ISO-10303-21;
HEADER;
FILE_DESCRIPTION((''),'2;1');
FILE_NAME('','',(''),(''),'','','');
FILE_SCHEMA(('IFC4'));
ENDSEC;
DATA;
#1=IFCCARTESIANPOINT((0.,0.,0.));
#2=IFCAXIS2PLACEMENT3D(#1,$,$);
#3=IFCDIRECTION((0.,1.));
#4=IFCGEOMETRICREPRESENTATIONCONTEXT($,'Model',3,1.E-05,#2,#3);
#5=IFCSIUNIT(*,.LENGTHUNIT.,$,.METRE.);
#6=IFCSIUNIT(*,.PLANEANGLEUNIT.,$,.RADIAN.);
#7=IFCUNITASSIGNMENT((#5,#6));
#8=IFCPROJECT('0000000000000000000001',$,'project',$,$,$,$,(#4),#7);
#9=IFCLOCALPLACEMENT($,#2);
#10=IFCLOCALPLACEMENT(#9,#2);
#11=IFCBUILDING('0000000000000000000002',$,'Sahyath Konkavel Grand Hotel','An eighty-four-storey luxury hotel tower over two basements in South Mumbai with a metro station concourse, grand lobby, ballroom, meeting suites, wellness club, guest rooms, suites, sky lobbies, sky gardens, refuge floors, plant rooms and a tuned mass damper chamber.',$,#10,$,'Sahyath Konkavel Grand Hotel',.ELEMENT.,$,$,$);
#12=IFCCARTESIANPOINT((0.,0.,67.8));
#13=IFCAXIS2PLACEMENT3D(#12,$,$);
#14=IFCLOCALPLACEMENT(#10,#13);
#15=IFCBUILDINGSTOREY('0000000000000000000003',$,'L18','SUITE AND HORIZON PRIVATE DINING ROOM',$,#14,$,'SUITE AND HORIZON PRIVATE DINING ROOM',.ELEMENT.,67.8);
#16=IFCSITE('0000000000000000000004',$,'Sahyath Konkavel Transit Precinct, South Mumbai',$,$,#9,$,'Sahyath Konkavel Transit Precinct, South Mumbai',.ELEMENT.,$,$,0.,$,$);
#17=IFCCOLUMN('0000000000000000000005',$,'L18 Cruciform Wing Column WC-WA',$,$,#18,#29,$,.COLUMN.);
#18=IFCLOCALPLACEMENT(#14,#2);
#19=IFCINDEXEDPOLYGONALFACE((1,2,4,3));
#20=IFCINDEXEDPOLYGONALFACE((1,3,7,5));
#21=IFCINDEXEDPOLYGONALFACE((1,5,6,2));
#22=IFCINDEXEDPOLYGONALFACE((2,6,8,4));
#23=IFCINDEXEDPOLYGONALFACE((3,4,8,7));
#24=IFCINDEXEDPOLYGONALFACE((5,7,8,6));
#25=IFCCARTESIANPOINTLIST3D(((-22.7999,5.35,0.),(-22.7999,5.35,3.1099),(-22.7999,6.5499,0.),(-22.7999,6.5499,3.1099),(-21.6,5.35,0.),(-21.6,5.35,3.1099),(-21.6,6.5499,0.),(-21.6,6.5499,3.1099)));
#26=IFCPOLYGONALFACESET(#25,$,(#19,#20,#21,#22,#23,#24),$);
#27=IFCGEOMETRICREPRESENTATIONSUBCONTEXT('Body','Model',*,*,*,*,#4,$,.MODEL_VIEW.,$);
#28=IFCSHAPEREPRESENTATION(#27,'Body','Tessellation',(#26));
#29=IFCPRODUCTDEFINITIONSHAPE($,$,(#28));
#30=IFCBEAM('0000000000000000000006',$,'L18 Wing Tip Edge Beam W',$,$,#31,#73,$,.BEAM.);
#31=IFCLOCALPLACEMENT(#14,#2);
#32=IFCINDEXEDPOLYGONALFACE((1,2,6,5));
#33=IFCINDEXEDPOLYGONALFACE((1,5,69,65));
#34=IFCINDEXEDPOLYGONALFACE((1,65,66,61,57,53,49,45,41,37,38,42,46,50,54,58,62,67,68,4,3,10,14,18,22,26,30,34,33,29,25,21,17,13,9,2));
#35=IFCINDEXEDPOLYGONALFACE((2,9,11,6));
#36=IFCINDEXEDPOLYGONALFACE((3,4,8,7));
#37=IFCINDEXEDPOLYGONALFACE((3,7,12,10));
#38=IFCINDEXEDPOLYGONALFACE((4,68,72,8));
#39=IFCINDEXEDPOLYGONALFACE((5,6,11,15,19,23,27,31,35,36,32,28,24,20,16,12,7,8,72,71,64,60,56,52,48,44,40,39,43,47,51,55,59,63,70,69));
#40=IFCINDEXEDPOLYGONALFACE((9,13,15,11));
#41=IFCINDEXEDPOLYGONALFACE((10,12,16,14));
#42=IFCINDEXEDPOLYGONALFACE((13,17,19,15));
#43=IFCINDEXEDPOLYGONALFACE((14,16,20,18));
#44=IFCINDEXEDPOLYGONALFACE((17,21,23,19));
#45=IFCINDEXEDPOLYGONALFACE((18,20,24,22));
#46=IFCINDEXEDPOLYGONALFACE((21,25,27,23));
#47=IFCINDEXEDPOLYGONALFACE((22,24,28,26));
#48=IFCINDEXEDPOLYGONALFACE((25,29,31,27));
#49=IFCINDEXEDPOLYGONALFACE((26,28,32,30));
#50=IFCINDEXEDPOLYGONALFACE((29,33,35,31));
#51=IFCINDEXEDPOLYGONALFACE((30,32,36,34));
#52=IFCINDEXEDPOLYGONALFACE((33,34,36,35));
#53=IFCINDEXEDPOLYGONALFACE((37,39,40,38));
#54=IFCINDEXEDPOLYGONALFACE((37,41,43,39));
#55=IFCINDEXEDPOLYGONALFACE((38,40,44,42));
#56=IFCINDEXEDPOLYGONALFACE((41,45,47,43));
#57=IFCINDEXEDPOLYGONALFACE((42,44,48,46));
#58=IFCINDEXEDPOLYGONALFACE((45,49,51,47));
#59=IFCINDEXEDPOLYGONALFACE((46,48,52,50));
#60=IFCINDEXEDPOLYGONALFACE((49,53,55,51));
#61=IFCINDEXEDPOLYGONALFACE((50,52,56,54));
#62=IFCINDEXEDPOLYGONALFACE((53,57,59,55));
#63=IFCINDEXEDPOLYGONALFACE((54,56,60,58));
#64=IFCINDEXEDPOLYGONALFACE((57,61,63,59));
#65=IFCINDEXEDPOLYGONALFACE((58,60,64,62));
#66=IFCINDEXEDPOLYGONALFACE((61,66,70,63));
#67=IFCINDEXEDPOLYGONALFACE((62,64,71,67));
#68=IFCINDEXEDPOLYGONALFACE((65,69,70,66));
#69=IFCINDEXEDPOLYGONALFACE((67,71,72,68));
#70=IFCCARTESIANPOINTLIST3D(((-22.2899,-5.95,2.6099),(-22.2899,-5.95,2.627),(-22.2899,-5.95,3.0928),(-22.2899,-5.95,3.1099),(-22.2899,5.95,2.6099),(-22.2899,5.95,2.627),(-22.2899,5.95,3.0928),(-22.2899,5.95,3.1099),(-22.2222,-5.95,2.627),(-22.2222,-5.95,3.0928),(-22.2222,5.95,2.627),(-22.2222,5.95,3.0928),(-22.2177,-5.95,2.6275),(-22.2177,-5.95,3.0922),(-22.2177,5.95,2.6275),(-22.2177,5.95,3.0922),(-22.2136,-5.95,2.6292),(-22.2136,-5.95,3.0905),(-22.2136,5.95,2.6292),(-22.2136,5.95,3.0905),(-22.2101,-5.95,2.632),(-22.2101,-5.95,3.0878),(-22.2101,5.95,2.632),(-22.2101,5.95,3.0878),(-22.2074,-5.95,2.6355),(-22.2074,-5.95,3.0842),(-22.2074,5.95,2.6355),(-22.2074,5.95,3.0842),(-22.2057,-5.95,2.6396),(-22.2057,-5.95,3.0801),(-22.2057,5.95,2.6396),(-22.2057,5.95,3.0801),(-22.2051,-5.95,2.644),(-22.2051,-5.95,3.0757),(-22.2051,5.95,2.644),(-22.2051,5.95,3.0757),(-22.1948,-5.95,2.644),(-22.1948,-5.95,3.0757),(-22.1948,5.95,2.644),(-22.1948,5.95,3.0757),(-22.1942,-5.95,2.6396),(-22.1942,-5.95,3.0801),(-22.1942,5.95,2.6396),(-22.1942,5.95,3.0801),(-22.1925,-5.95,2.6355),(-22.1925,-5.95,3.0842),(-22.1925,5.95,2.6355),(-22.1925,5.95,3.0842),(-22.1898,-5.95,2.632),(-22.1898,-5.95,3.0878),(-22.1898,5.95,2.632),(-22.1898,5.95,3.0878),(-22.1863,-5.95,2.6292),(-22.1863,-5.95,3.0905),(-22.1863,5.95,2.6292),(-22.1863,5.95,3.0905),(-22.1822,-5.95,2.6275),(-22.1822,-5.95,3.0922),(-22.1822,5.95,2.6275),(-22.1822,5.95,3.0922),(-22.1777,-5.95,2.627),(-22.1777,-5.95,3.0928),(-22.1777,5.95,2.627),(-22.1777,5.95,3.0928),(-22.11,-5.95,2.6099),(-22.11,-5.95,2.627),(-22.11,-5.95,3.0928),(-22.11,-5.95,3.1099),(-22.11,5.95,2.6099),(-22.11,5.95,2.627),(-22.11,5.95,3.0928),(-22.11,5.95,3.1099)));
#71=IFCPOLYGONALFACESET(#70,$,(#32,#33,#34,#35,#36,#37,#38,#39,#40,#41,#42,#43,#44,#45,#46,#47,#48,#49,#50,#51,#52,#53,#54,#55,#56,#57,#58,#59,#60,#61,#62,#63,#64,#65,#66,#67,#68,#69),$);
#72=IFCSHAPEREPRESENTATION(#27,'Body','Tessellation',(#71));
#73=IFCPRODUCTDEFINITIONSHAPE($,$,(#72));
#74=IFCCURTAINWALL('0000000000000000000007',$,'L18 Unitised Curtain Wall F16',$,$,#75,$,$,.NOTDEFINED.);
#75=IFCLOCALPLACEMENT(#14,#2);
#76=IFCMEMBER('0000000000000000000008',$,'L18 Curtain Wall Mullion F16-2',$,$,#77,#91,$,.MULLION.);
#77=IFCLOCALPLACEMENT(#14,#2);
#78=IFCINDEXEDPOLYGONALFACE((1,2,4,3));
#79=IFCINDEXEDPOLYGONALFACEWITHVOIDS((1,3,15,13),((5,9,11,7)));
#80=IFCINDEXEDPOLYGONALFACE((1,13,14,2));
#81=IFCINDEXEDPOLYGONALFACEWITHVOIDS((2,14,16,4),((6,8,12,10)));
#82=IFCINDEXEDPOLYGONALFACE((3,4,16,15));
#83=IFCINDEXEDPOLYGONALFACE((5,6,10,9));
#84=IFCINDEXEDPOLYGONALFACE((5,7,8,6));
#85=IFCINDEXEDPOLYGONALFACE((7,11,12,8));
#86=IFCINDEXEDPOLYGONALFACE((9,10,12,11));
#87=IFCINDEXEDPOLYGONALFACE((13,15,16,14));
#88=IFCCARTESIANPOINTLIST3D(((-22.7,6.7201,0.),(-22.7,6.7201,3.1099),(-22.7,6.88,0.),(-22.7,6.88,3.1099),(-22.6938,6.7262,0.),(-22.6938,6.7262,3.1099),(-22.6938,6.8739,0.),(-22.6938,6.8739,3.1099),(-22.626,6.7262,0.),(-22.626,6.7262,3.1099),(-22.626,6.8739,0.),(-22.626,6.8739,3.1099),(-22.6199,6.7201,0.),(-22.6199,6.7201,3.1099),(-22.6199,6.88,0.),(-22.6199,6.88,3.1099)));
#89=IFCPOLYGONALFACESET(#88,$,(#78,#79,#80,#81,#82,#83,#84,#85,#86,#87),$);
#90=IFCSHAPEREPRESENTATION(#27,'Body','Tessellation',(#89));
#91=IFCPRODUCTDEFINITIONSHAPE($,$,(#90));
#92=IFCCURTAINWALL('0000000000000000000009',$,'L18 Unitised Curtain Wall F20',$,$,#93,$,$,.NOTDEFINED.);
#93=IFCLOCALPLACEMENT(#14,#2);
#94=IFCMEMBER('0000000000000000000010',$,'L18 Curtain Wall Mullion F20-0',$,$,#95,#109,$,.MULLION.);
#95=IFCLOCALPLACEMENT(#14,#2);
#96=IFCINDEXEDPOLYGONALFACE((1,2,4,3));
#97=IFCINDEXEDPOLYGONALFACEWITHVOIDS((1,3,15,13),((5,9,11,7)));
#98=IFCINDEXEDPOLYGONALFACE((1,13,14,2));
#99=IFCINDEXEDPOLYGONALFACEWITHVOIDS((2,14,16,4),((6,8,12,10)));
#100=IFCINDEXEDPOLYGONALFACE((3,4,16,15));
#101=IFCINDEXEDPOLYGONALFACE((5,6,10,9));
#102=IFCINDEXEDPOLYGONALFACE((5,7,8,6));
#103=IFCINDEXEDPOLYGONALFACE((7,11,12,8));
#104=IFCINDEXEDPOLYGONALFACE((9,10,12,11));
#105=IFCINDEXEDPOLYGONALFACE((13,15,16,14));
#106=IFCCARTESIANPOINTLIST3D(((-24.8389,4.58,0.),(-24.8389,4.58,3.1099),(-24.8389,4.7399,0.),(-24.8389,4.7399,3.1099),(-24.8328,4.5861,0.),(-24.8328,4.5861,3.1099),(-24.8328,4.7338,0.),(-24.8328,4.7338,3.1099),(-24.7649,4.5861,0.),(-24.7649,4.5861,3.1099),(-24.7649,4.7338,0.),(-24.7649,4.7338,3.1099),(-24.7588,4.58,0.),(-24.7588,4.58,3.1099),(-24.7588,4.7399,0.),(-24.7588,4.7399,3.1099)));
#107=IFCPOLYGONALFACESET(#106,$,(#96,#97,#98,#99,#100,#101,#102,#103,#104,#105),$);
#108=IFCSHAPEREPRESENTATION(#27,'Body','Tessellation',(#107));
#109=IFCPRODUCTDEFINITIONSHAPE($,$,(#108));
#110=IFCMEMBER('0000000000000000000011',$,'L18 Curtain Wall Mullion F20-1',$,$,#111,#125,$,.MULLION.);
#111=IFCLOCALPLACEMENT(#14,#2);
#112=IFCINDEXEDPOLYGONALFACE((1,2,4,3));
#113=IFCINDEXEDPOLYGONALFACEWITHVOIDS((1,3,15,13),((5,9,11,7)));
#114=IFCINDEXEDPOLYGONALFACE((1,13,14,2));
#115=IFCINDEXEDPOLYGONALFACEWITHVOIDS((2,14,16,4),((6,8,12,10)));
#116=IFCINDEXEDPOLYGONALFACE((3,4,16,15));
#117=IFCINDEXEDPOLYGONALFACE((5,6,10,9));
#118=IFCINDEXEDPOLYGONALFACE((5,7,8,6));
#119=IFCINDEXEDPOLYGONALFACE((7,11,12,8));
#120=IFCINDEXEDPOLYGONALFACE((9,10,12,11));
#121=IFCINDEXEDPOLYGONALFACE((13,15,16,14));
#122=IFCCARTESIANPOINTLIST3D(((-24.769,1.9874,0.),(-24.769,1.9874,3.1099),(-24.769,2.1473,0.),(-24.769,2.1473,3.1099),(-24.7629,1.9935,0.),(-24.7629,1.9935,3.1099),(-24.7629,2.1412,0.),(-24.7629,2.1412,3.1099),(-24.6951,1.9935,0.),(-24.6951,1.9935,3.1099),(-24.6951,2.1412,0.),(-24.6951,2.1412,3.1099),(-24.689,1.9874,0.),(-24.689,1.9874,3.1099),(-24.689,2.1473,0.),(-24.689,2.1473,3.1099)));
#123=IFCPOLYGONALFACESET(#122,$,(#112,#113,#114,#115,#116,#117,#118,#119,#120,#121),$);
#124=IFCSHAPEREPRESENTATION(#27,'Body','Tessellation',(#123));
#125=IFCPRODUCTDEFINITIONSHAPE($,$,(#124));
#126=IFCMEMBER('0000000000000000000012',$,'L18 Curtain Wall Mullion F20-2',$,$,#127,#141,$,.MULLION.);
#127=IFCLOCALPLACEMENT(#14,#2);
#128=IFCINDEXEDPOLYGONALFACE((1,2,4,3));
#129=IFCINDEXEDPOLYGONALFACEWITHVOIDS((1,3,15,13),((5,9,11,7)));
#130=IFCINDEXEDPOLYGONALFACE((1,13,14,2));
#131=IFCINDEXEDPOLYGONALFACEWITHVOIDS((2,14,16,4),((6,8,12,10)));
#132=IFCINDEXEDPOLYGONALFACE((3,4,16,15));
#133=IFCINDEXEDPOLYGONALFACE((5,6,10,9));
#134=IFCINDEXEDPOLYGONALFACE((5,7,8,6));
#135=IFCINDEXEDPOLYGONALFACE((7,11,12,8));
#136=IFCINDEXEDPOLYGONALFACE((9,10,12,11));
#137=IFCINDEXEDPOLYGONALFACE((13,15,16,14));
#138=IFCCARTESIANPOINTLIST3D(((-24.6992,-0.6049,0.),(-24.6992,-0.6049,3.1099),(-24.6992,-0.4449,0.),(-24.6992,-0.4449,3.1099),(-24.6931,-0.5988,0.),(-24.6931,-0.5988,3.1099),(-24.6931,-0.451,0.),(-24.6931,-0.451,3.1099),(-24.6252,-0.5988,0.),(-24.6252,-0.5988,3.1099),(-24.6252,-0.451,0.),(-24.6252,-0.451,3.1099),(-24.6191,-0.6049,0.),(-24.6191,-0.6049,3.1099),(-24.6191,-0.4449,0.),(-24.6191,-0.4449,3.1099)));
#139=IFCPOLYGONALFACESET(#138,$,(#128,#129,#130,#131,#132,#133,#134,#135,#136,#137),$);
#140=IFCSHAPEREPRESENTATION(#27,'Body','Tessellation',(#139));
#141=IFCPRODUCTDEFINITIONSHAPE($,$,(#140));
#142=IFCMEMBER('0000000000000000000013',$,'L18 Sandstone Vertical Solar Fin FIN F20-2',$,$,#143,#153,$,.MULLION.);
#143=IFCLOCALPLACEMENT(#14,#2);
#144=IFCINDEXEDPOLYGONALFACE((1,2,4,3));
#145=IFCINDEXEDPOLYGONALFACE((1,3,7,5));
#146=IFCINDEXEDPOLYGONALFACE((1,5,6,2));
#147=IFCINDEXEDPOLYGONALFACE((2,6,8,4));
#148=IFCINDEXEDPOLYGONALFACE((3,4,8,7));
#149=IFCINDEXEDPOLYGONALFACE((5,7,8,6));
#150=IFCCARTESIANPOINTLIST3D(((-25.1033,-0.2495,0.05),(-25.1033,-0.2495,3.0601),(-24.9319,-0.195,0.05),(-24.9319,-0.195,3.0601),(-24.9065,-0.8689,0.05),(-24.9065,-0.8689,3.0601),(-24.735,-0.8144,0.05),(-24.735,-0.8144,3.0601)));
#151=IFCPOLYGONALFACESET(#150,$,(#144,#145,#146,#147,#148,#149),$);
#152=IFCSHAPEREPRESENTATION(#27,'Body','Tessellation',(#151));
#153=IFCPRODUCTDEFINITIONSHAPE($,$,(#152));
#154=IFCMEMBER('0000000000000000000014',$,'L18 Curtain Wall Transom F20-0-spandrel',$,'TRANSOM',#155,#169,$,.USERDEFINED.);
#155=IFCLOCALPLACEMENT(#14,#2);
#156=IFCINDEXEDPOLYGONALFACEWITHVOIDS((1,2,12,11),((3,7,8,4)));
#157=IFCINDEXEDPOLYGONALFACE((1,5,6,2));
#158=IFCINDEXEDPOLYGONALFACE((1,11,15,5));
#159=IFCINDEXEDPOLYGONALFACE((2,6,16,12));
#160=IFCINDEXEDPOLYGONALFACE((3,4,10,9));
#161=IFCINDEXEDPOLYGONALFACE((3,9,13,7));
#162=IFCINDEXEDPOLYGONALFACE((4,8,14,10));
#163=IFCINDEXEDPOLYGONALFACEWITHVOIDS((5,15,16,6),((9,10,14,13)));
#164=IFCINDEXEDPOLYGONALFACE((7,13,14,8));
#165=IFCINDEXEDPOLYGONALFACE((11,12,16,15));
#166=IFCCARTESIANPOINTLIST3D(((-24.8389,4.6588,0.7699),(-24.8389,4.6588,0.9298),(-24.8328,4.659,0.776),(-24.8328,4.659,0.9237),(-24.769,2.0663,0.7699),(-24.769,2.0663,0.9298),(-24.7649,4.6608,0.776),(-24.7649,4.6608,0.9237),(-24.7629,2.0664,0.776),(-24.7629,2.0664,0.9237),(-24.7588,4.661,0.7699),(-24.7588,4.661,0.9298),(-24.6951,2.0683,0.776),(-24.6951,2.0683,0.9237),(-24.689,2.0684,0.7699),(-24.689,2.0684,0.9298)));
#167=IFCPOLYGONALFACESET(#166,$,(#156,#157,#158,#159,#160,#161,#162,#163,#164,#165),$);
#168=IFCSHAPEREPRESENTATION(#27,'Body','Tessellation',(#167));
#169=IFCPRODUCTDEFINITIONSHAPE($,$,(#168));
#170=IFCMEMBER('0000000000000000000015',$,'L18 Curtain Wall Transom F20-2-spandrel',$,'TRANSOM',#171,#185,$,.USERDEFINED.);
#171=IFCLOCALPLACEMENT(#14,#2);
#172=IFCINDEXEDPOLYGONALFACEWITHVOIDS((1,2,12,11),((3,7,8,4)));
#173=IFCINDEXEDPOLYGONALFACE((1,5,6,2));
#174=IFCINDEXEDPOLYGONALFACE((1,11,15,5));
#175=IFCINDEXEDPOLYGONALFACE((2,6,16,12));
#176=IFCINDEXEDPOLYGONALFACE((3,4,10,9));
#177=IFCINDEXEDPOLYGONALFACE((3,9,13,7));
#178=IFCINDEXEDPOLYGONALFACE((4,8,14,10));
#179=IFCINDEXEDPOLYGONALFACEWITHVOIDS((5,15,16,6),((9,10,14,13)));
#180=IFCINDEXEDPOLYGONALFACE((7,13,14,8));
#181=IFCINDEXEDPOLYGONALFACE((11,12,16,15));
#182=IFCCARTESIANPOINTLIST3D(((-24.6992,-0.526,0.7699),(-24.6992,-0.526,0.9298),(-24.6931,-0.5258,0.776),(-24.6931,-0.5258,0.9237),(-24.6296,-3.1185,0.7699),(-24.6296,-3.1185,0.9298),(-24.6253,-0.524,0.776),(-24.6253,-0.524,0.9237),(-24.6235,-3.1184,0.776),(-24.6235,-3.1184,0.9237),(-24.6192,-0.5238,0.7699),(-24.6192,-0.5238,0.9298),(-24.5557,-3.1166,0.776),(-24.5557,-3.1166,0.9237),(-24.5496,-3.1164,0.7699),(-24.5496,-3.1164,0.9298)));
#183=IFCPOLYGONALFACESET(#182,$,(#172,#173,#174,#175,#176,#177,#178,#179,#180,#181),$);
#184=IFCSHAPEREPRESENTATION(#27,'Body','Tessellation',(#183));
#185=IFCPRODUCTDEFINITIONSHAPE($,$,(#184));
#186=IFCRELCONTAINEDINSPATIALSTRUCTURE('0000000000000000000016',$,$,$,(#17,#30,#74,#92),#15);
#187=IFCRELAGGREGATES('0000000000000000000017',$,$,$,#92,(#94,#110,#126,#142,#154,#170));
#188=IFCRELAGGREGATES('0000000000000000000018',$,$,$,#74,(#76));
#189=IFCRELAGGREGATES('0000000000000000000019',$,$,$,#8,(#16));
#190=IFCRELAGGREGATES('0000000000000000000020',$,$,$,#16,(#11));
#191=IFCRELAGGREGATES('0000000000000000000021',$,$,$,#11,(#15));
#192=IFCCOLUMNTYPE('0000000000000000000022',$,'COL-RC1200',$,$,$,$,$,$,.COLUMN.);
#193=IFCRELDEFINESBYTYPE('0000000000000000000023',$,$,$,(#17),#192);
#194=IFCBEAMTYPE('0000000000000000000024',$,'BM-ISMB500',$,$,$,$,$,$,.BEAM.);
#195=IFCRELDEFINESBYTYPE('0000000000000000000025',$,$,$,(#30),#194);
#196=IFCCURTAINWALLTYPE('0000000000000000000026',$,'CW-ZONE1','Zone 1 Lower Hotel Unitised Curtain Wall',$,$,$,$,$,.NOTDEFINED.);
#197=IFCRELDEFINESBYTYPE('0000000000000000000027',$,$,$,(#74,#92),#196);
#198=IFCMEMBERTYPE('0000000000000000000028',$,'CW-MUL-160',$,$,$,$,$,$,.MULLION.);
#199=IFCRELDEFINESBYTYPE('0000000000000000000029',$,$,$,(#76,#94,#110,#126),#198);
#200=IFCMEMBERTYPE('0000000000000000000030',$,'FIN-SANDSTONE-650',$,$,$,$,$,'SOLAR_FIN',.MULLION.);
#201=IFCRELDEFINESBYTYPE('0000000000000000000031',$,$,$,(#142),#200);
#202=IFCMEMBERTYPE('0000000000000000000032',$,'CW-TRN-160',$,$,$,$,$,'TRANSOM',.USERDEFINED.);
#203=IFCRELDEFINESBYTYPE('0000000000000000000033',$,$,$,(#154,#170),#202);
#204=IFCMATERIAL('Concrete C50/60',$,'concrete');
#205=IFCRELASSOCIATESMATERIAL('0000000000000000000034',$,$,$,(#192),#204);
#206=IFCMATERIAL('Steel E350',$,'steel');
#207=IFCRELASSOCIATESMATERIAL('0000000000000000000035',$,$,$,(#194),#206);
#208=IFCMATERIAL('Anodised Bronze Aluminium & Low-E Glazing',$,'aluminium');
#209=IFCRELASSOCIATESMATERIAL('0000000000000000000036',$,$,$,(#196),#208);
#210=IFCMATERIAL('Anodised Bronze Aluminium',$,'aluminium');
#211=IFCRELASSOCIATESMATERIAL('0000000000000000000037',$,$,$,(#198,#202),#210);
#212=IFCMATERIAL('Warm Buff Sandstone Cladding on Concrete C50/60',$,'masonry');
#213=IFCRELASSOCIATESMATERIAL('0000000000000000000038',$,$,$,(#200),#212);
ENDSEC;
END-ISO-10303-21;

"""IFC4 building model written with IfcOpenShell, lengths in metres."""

from ifc_helpers import new_model, si_unit, direction, frame, origin, origin_2d, place, context, subcontext, project, spatial, rectangle, hollow_rectangle, i_section, extrude, source, transform, mapped, material, material_profile, profile_set, type_object, element, aggregate, save


model = new_model("IFC4")

# Units and contexts
model_context = context("Model", 3, precision=1e-05, world=origin(), true_north=direction((0.0, 1.0)))
body_context = subcontext(model_context, "Body", "Model", "MODEL_VIEW")
ifc_project = project(units=[si_unit("LENGTHUNIT", "METRE"), si_unit("PLANEANGLEUNIT", "RADIAN")], contexts=[model_context])

# Site, building, storey
site_placement = place(None, origin())
site = spatial("IfcSite", under=ifc_project, at=site_placement, Name="Sahyath Konkavel Transit Precinct, South Mumbai", LongName="Sahyath Konkavel Transit Precinct, South Mumbai", CompositionType="ELEMENT", RefElevation=0.0)
building_placement = place(site_placement, origin())
building = spatial("IfcBuilding", under=site, at=building_placement, Name="Sahyath Konkavel Grand Hotel", Description="An eighty-four-storey luxury hotel tower over two basements in South Mumbai with a metro station concourse, grand lobby, ballroom, meeting suites, wellness club, guest rooms, suites, sky lobbies, sky gardens, refuge floors, plant rooms and a tuned mass damper chamber.", LongName="Sahyath Konkavel Grand Hotel", CompositionType="ELEMENT")
storey_placement = place(building_placement, frame((0.0, 0.0, 67.8)))
storey = spatial("IfcBuildingStorey", under=building, at=storey_placement, Name="L18", Description="SUITE AND HORIZON PRIVATE DINING ROOM", LongName="SUITE AND HORIZON PRIVATE DINING ROOM", CompositionType="ELEMENT", Elevation=67.8)

# Column
ifc_material_1 = material(Name="Concrete C50/60", Category="concrete")
ifc_material_profile_1 = material_profile(ifc_material_1, rectangle(XDim=1.2, YDim=1.2, at=origin_2d()), Name="RC 1200x1200")
ifc_profile_set_1 = profile_set([ifc_material_profile_1], Name="Concrete C50/60")
column_type = type_object("IfcColumnType", Name="COL-RC1200", PredefinedType="COLUMN", material=ifc_profile_set_1)
shared_shape_1 = source(origin(), body_context, "Body", "SweptSolid", [
    extrude(rectangle(XDim=1.2, YDim=1.2, at=origin_2d()), origin(), (0.0, 0.0, 1.0), 3.1099),
])
column_placement = place(storey_placement, frame((-22.2, 5.95, 0.0), z_axis=(0.0, 0.0, 1.0), x_axis=(1.0, 0.0, 0.0)))
element("IfcColumn", 1, at=column_placement, inside=storey, type_object=column_type, Name="L18 Cruciform Wing Column WC-WA", PredefinedType="COLUMN", context=body_context, shape_type="MappedRepresentation", body=[
    mapped(shared_shape_1, transform((0.0, 0.0, 0.0), scale=1.0)),
])

# Beam
ifc_material_2 = material(Name="Steel E350", Category="steel")
ifc_material_profile_2 = material_profile(ifc_material_2, i_section(OverallWidth=0.1799, OverallDepth=0.5, WebThickness=0.0103, FlangeThickness=0.0171, FilletRadius=0.0171, at=origin_2d()), Name="ISMB 500")
ifc_profile_set_2 = profile_set([ifc_material_profile_2], Name="Steel E350")
beam_type = type_object("IfcBeamType", Name="BM-ISMB500", PredefinedType="BEAM", material=ifc_profile_set_2)
shared_shape_2 = source(origin(), body_context, "Body", "SweptSolid", [
    extrude(i_section(OverallWidth=0.1799, OverallDepth=0.5, WebThickness=0.0103, FlangeThickness=0.0171, FilletRadius=0.0171, at=origin_2d()), origin(), (0.0, 0.0, 1.0), 11.8999),
])
beam_placement = place(storey_placement, frame((-22.2, 5.95, 2.8599), z_axis=(0.0, -1.0, 0.0), x_axis=(1.0, 0.0, 0.0)))
element("IfcBeam", 2, at=beam_placement, inside=storey, type_object=beam_type, Name="L18 Wing Tip Edge Beam W", PredefinedType="BEAM", context=body_context, shape_type="MappedRepresentation", body=[
    mapped(shared_shape_2, transform((0.0, 0.0, 0.0), scale=1.0)),
])

# Curtain wall, member
ifc_material_3 = material(Name="Anodised Bronze Aluminium & Low-E Glazing", Category="aluminium")
curtain_wall_type = type_object("IfcCurtainWallType", Name="CW-ZONE1", Description="Zone 1 Lower Hotel Unitised Curtain Wall", PredefinedType="NOTDEFINED", material=ifc_material_3)
curtain_wall_1_placement = place(storey_placement, origin())
curtain_wall_1 = element("IfcCurtainWall", 3, at=curtain_wall_1_placement, inside=storey, type_object=curtain_wall_type, Name="L18 Unitised Curtain Wall F16", PredefinedType="NOTDEFINED")
ifc_material_4 = material(Name="Anodised Bronze Aluminium", Category="aluminium")
ifc_material_profile_3 = material_profile(ifc_material_4, hollow_rectangle(XDim=0.0801, YDim=0.1599, WallThickness=0.0061, at=origin_2d()), Name="RHS 160x80x6")
ifc_profile_set_3 = profile_set([ifc_material_profile_3], Name="Anodised Bronze Aluminium")
member_type_1 = type_object("IfcMemberType", Name="CW-MUL-160", PredefinedType="MULLION", material=ifc_profile_set_3)
shared_shape_3 = source(origin(), body_context, "Body", "SweptSolid", [
    extrude(hollow_rectangle(XDim=0.0801, YDim=0.1599, WallThickness=0.0061, at=origin_2d()), origin(), (0.0, 0.0, 1.0), 3.1099),
])
member_1_placement = place(storey_placement, frame((-22.6599, 6.8, 0.0), z_axis=(0.0, 0.0, 1.0), x_axis=(1.0, 0.0, 0.0)))
member_1 = element("IfcMember", 4, at=member_1_placement, type_object=member_type_1, Name="L18 Curtain Wall Mullion F16-2", PredefinedType="MULLION", context=body_context, shape_type="MappedRepresentation", body=[
    mapped(shared_shape_3, transform((0.0, 0.0, 0.0), scale=1.0)),
])

# Curtain wall, members
curtain_wall_2_placement = place(storey_placement, origin())
curtain_wall_2 = element("IfcCurtainWall", 5, at=curtain_wall_2_placement, inside=storey, type_object=curtain_wall_type, Name="L18 Unitised Curtain Wall F20", PredefinedType="NOTDEFINED")
member_2_placement = place(storey_placement, frame((-24.7988, 4.6599, 0.0), z_axis=(0.0, 0.0, 1.0), x_axis=(1.0, 0.0, 0.0)))
member_2 = element("IfcMember", 6, at=member_2_placement, type_object=member_type_1, Name="L18 Curtain Wall Mullion F20-0", PredefinedType="MULLION", context=body_context, shape_type="MappedRepresentation", body=[
    mapped(shared_shape_3, transform((0.0, 0.0, 0.0), scale=1.0)),
])
member_3_placement = place(storey_placement, frame((-24.729, 2.0674, 0.0), z_axis=(0.0, 0.0, 1.0), x_axis=(1.0, 0.0, 0.0)))
member_3 = element("IfcMember", 7, at=member_3_placement, type_object=member_type_1, Name="L18 Curtain Wall Mullion F20-1", PredefinedType="MULLION", context=body_context, shape_type="MappedRepresentation", body=[
    mapped(shared_shape_3, transform((0.0, 0.0, 0.0), scale=1.0)),
])
member_4_placement = place(storey_placement, frame((-24.6592, -0.5249, 0.0), z_axis=(0.0, 0.0, 1.0), x_axis=(1.0, 0.0, 0.0)))
member_4 = element("IfcMember", 8, at=member_4_placement, type_object=member_type_1, Name="L18 Curtain Wall Mullion F20-2", PredefinedType="MULLION", context=body_context, shape_type="MappedRepresentation", body=[
    mapped(shared_shape_3, transform((0.0, 0.0, 0.0), scale=1.0)),
])
ifc_material_5 = material(Name="Warm Buff Sandstone Cladding on Concrete C50/60", Category="masonry")
ifc_material_profile_4 = material_profile(ifc_material_5, rectangle(XDim=0.1799, YDim=0.6499, at=origin_2d()), Name="FIN 180x650")
ifc_profile_set_4 = profile_set([ifc_material_profile_4], Name="Warm Buff Sandstone Cladding on Concrete C50/60")
member_type_2 = type_object("IfcMemberType", Name="FIN-SANDSTONE-650", ElementType="SOLAR_FIN", PredefinedType="MULLION", material=ifc_profile_set_4)
shared_shape_4 = source(origin(), body_context, "Body", "SweptSolid", [
    extrude(rectangle(XDim=0.1799, YDim=0.6499, at=origin_2d()), origin(), (0.0, 0.0, 1.0), 3.01),
])
member_5_placement = place(storey_placement, frame((-24.9192, -0.532, 0.05), z_axis=(0.0, 0.0, 1.0), x_axis=(0.953032, 0.302869, 0.0)))
member_5 = element("IfcMember", 9, at=member_5_placement, type_object=member_type_2, Name="L18 Sandstone Vertical Solar Fin FIN F20-2", PredefinedType="MULLION", context=body_context, shape_type="MappedRepresentation", body=[
    mapped(shared_shape_4, transform((0.0, 0.0, 0.0), scale=1.0)),
])
ifc_material_profile_5 = material_profile(ifc_material_4, hollow_rectangle(XDim=0.0801, YDim=0.1599, WallThickness=0.0061, at=origin_2d()), Name="RHS 160x80x6")
ifc_profile_set_5 = profile_set([ifc_material_profile_5], Name="Anodised Bronze Aluminium")
member_type_3 = type_object("IfcMemberType", Name="CW-TRN-160", ElementType="TRANSOM", PredefinedType="USERDEFINED", material=ifc_profile_set_5)
shared_shape_5 = source(origin(), body_context, "Body", "SweptSolid", [
    extrude(hollow_rectangle(XDim=0.0801, YDim=0.1599, WallThickness=0.0061, at=origin_2d()), origin(), (0.0, 0.0, 1.0), 2.5935),
])
member_6_placement = place(storey_placement, frame((-24.7988, 4.6599, 0.8499), z_axis=(0.026923, -0.999638, 0.0), x_axis=(0.999638, 0.026923, 0.0)))
member_6 = element("IfcMember", 10, at=member_6_placement, type_object=member_type_3, Name="L18 Curtain Wall Transom F20-0-spandrel", ObjectType="TRANSOM", PredefinedType="USERDEFINED", context=body_context, shape_type="MappedRepresentation", body=[
    mapped(shared_shape_5, transform((0.0, 0.0, 0.0), scale=1.0)),
])
member_7_placement = place(storey_placement, frame((-24.6592, -0.5249, 0.8499), z_axis=(0.026829, -0.99964, 0.0), x_axis=(0.99964, 0.026829, 0.0)))
member_7 = element("IfcMember", 11, at=member_7_placement, type_object=member_type_3, Name="L18 Curtain Wall Transom F20-2-spandrel", ObjectType="TRANSOM", PredefinedType="USERDEFINED", context=body_context, shape_type="MappedRepresentation", body=[
    mapped(shared_shape_5, transform((0.0, 0.0, 0.0), scale=1.0)),
])
aggregate(curtain_wall_2, [member_2, member_3, member_4, member_5, member_6, member_7])

aggregate(curtain_wall_1, [member_1])

save(model, "model.ifc")
